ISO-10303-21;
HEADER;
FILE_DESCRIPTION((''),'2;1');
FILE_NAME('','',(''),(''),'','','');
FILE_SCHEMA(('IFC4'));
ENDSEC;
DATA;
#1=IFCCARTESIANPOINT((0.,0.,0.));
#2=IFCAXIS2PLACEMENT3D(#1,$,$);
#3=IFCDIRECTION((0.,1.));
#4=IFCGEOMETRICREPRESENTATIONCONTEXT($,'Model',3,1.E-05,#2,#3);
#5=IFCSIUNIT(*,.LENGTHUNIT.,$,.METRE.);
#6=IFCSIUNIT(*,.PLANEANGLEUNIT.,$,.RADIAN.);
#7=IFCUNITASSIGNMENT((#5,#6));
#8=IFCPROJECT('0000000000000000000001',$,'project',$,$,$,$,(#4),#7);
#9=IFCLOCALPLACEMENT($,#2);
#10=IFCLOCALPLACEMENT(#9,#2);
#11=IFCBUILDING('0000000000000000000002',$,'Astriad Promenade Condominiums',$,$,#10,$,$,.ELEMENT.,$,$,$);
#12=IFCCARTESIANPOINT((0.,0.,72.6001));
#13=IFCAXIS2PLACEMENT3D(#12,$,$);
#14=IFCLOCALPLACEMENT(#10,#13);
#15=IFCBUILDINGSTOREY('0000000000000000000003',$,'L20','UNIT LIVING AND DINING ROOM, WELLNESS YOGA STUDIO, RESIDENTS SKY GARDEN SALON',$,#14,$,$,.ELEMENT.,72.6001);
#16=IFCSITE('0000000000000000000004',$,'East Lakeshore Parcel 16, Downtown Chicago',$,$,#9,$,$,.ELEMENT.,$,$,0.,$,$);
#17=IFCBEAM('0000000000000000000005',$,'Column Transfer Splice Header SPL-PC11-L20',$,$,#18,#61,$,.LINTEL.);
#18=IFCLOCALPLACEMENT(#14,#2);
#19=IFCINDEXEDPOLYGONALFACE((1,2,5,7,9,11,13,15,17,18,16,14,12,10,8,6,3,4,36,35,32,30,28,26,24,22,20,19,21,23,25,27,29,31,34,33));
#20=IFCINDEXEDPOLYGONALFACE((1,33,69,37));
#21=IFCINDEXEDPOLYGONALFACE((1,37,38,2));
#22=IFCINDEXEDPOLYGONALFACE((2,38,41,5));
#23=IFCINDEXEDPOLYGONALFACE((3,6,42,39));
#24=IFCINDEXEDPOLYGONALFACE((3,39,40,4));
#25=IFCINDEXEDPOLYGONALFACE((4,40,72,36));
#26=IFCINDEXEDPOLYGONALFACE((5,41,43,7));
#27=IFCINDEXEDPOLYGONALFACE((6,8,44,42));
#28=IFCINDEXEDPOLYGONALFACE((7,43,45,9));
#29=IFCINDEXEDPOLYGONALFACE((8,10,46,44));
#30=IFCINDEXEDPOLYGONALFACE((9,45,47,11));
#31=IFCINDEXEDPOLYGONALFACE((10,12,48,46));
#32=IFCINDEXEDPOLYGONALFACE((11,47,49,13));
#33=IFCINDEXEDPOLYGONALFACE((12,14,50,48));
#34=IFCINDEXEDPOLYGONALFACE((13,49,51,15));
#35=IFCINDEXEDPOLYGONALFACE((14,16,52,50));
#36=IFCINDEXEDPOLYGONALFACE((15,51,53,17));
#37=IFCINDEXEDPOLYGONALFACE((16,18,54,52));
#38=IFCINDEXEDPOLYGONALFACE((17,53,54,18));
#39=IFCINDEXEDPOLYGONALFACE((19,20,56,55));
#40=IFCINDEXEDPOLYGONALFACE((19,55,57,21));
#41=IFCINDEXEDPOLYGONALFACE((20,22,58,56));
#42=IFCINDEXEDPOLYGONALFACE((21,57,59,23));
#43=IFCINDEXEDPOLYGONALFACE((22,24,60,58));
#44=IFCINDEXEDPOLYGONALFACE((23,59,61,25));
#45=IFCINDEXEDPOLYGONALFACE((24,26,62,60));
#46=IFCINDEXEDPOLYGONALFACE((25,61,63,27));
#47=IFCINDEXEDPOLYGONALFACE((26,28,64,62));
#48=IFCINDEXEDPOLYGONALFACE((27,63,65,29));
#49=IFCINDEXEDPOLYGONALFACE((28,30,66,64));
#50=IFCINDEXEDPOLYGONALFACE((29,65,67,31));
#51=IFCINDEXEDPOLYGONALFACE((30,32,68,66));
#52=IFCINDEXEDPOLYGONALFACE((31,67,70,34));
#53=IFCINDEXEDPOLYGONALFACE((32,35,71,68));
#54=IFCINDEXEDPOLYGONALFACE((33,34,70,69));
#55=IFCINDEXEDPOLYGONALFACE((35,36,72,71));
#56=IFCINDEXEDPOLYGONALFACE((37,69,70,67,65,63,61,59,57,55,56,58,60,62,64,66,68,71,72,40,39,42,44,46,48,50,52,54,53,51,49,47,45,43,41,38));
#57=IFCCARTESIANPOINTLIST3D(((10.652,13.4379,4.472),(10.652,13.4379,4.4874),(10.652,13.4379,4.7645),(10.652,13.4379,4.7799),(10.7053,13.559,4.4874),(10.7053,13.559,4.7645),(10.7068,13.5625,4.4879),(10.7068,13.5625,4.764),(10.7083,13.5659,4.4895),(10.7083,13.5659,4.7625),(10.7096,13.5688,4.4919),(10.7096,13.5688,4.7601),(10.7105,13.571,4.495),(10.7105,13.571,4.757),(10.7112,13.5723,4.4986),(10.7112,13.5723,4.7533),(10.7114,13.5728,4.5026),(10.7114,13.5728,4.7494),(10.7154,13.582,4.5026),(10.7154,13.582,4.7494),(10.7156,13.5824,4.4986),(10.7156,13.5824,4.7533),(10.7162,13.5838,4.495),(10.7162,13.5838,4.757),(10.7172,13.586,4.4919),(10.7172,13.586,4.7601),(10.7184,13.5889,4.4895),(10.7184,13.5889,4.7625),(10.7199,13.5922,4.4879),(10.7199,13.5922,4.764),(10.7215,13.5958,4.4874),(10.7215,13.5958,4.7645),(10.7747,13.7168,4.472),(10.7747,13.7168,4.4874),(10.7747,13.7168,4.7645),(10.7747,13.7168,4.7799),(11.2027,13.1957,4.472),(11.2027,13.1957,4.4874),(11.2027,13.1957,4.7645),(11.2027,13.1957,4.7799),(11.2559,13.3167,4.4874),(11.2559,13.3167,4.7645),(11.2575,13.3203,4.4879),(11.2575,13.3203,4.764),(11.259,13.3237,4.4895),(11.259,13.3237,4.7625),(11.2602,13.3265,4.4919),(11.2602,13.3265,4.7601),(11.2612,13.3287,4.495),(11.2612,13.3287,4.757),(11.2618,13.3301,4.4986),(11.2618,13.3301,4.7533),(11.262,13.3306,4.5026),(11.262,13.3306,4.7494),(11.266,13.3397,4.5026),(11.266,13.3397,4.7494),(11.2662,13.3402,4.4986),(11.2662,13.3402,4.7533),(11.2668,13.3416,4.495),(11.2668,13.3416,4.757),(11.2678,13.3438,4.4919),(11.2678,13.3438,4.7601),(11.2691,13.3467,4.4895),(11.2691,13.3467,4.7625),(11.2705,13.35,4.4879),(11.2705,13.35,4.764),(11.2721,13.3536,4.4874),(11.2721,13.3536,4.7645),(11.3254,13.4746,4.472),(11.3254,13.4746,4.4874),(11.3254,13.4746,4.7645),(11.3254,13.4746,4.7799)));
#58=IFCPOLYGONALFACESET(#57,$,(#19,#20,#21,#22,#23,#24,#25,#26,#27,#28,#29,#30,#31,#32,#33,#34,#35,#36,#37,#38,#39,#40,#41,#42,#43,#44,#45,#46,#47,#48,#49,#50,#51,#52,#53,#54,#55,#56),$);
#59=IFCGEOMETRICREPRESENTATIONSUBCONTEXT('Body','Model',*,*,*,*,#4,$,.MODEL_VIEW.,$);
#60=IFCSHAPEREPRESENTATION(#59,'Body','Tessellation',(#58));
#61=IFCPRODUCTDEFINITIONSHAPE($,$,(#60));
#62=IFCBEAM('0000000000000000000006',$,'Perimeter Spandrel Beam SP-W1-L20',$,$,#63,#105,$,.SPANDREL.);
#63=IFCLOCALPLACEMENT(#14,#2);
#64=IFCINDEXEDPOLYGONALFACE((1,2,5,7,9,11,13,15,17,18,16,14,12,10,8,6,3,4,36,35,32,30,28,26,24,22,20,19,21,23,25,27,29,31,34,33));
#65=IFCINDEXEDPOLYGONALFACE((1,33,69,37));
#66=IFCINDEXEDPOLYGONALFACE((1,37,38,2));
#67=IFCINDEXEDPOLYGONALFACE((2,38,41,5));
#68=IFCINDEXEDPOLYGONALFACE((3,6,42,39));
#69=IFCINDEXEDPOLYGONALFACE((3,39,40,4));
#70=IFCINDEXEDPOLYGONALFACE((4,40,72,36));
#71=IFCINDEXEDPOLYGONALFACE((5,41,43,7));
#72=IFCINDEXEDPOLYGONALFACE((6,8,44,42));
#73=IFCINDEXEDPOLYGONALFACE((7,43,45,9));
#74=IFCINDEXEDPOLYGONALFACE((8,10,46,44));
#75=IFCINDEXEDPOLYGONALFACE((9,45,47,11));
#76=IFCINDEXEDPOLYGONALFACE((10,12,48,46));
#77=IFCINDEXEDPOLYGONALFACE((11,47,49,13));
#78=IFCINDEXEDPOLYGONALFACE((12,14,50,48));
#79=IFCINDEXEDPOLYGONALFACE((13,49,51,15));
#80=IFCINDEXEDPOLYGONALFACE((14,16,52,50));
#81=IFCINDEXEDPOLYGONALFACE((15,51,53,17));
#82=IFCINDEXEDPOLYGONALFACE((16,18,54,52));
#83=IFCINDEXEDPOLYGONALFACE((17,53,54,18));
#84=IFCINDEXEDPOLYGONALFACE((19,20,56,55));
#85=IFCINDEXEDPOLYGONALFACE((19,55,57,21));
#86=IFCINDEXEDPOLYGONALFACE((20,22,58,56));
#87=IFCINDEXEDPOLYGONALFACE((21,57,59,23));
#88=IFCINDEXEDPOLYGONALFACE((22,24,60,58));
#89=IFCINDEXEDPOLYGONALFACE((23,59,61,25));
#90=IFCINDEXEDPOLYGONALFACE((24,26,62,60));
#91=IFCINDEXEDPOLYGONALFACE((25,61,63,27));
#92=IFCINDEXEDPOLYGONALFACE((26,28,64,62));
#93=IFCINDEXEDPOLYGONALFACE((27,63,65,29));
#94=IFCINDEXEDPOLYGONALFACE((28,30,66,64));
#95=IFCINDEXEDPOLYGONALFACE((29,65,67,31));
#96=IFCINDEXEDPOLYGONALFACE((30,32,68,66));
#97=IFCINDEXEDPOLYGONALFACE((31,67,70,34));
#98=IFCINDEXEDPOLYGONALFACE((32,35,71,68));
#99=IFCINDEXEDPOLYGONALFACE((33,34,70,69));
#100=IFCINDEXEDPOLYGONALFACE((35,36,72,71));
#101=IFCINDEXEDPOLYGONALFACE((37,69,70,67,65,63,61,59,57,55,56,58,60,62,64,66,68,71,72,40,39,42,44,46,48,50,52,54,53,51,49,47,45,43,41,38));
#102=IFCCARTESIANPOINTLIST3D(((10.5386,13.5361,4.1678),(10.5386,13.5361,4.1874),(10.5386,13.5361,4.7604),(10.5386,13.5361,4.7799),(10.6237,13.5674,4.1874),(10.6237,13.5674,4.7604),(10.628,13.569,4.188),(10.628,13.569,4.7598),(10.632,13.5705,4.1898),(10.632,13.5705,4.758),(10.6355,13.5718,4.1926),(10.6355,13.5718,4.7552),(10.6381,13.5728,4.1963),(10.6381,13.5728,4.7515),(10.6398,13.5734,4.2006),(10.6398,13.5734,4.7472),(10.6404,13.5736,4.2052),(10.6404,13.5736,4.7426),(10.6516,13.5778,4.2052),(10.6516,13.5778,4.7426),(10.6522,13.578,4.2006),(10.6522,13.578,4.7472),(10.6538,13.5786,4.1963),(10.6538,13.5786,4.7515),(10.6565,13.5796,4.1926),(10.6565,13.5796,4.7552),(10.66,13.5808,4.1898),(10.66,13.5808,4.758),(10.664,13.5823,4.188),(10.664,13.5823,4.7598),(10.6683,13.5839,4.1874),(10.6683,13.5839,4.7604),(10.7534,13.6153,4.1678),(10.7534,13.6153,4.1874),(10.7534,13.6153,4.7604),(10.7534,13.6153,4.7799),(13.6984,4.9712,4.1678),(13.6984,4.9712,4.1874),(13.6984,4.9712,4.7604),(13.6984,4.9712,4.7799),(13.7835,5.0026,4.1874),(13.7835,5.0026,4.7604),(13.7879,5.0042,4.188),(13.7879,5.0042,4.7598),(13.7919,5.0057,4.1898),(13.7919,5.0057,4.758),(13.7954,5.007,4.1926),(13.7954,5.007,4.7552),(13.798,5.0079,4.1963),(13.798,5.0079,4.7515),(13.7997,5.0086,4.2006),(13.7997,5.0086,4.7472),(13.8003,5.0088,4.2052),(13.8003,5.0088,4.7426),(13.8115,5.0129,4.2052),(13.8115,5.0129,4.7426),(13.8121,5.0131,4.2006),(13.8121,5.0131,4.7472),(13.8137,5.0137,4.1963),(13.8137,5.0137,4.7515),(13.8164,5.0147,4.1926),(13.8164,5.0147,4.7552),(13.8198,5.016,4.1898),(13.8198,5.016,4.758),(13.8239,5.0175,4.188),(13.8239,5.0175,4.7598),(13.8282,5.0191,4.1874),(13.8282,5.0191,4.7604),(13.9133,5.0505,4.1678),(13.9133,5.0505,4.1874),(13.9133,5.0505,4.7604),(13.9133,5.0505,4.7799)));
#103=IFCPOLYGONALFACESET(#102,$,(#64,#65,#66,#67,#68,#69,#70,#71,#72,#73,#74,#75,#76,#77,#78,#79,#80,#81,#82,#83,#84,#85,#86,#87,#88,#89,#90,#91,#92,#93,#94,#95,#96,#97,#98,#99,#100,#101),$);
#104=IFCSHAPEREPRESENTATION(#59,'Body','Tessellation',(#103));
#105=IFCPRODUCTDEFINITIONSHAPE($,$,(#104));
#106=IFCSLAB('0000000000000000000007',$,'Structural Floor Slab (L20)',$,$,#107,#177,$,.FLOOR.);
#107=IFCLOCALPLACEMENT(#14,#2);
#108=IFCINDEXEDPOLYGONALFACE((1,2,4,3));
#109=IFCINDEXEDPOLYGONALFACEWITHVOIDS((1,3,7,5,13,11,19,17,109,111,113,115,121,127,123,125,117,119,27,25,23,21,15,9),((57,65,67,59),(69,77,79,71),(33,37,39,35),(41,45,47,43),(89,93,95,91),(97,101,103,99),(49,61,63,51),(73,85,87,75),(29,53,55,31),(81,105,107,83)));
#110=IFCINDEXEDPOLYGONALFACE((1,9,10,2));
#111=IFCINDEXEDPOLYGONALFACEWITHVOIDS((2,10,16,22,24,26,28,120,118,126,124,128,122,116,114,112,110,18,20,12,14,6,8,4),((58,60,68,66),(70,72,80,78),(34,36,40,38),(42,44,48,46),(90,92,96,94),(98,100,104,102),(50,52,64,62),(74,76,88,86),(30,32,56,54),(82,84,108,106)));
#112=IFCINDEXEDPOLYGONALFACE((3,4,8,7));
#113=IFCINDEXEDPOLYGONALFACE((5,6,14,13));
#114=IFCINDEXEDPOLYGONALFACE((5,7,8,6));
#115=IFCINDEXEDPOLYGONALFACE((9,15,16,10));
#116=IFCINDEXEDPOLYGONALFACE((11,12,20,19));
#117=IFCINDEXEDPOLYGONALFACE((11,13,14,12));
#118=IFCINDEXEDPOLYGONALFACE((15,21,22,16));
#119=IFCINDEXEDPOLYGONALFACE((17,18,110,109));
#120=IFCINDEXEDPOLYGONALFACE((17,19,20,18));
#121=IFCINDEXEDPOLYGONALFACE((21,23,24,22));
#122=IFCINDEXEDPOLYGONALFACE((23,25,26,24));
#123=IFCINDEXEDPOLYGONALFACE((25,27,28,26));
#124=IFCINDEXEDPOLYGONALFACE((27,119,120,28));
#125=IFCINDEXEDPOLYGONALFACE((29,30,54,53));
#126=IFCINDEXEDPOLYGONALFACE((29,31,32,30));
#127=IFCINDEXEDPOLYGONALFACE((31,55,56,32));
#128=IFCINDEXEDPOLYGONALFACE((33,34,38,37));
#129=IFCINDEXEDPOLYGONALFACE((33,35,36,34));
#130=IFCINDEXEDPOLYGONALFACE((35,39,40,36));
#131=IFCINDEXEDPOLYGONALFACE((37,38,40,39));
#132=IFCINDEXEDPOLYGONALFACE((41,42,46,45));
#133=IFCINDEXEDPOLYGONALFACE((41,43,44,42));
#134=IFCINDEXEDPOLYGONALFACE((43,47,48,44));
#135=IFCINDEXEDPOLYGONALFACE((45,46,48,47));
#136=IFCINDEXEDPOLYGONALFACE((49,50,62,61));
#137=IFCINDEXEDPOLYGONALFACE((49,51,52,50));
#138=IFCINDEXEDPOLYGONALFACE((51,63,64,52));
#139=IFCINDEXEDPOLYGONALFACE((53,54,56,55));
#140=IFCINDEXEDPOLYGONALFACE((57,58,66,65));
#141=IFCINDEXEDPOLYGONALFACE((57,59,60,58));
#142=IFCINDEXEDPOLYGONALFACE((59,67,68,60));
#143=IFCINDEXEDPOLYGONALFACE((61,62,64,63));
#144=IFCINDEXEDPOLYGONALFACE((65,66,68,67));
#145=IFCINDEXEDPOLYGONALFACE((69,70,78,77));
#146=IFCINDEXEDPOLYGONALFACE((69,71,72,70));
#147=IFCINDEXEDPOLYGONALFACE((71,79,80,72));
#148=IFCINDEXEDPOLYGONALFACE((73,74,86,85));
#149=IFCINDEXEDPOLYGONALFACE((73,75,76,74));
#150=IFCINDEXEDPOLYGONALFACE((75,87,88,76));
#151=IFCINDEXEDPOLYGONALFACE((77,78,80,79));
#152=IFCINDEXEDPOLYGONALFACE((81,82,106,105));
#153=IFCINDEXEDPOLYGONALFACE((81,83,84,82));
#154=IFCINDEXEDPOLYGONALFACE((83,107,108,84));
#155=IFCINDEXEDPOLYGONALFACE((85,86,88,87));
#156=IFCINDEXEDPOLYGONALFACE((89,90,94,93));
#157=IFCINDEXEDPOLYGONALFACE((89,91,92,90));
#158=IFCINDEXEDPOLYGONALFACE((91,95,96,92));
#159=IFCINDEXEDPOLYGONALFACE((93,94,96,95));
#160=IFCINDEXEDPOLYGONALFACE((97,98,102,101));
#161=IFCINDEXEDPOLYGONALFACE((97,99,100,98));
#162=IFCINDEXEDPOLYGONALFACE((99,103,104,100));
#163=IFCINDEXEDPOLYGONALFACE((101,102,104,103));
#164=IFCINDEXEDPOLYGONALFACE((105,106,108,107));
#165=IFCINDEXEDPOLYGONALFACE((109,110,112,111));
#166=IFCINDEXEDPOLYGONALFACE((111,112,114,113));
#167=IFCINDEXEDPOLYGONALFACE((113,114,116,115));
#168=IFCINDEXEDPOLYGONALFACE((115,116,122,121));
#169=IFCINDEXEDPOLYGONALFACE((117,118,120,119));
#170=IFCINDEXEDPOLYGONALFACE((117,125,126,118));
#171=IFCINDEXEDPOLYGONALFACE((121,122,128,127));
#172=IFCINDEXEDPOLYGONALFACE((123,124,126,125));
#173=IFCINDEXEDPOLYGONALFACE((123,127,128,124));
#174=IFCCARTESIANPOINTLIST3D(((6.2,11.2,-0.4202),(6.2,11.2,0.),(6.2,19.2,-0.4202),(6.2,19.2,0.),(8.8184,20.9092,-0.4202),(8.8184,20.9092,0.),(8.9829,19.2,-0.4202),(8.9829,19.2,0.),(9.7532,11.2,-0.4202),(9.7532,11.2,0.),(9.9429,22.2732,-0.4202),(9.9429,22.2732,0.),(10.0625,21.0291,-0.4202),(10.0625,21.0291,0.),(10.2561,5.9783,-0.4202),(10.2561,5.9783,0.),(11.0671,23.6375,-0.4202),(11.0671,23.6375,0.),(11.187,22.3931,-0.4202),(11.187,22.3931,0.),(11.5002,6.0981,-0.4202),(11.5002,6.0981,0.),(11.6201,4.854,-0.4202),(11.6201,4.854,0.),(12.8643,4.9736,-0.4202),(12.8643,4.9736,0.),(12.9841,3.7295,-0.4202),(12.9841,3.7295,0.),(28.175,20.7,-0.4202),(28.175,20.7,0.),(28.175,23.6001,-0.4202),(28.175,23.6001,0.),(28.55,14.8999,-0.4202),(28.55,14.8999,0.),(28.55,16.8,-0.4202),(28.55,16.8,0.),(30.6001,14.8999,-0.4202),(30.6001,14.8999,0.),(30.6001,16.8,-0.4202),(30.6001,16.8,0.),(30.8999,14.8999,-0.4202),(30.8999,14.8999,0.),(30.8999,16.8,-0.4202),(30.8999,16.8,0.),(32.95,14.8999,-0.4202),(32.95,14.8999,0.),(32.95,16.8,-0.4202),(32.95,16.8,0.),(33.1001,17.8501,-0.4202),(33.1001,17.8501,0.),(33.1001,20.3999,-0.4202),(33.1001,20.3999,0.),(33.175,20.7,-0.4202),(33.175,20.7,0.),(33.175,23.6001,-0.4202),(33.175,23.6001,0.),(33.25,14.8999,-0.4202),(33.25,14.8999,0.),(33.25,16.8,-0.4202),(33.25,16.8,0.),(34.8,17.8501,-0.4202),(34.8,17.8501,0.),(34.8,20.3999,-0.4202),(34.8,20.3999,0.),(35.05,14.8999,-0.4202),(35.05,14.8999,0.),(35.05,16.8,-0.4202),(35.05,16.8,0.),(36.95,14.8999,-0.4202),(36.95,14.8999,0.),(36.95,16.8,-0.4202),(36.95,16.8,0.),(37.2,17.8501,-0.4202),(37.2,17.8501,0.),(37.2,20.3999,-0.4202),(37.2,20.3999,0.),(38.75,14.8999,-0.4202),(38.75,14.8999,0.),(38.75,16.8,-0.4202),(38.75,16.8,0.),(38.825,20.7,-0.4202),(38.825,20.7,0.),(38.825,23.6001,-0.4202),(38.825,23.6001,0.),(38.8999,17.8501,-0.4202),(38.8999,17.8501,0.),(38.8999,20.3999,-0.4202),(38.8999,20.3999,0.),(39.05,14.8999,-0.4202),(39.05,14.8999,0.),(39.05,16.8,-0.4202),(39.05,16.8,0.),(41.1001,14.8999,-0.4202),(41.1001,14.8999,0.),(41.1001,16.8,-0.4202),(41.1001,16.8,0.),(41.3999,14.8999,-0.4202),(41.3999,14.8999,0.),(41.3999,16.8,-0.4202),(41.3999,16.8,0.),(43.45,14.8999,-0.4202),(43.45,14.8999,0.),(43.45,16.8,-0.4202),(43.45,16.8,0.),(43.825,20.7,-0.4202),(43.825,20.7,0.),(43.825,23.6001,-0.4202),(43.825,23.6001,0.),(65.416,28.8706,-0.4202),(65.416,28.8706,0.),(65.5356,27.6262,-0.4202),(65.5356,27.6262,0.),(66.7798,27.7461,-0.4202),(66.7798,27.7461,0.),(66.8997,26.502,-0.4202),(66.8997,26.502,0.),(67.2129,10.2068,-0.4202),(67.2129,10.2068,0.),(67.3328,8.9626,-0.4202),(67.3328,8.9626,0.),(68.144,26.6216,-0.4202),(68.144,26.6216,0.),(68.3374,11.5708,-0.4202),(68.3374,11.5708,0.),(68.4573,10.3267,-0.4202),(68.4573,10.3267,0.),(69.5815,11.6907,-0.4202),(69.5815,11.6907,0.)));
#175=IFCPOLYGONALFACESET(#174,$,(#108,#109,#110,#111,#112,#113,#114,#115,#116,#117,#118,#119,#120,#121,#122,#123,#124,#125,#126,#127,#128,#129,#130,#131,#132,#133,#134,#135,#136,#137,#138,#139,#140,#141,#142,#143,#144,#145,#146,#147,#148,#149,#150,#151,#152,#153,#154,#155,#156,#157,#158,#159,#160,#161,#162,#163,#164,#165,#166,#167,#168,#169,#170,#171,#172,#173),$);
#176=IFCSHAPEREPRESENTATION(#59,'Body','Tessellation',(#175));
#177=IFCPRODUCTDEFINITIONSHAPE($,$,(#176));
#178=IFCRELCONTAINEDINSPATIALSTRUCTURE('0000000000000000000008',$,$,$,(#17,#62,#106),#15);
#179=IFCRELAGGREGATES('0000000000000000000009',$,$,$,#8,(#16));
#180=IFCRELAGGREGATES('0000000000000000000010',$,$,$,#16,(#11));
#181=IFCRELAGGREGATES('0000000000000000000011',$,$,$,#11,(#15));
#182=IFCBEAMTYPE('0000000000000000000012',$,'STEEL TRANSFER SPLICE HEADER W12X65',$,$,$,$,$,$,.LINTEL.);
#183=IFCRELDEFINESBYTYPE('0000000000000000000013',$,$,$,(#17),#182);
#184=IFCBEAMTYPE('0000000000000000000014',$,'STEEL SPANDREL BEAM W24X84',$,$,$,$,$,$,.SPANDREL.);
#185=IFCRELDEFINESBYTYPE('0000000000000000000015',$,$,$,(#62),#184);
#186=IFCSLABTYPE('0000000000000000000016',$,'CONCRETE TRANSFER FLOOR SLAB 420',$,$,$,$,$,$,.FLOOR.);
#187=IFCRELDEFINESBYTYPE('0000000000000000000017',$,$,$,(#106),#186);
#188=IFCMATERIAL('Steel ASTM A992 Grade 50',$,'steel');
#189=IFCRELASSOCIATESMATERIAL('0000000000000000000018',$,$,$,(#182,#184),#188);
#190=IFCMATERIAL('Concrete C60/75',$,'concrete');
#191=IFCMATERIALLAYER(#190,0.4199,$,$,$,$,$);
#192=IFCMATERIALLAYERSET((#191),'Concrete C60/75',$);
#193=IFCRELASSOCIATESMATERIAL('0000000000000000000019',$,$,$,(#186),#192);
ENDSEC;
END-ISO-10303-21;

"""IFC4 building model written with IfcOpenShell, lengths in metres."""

from ifc_helpers import new_model, si_unit, direction, frame, origin, origin_2d, place, context, subcontext, project, spatial, polyline, i_section, outline, extrude, source, transform, mapped, material, layer, layer_set, material_profile, profile_set, type_object, type_shapes, element, save


model = new_model("IFC4")

# Units and contexts
model_context = context("Model", 3, precision=1e-05, world=origin(), true_north=direction((0.0, 1.0)))
body_context = subcontext(model_context, "Body", "Model", "MODEL_VIEW")
ifc_project = project(units=[si_unit("LENGTHUNIT", "METRE"), si_unit("PLANEANGLEUNIT", "RADIAN")], contexts=[model_context])

# Site, building, storey
site_placement = place(None, origin())
site = spatial("IfcSite", under=ifc_project, at=site_placement, Name="East Lakeshore Parcel 16, Downtown Chicago", CompositionType="ELEMENT", RefElevation=0.0)
building_placement = place(site_placement, origin())
building = spatial("IfcBuilding", under=site, at=building_placement, Name="Astriad Promenade Condominiums", CompositionType="ELEMENT")
storey_placement = place(building_placement, frame((0.0, 0.0, 72.6001)))
storey = spatial("IfcBuildingStorey", under=building, at=storey_placement, Name="L20", Description="UNIT LIVING AND DINING ROOM, WELLNESS YOGA STUDIO, RESIDENTS SKY GARDEN SALON", CompositionType="ELEMENT", Elevation=72.6001)

# Beams
ifc_material_1 = material(Name="Steel ASTM A992 Grade 50", Category="steel")
ifc_material_profile_1 = material_profile(ifc_material_1, i_section(OverallWidth=0.3047, OverallDepth=0.3079, WebThickness=0.01, FlangeThickness=0.0154, FilletRadius=0.0151, at=origin_2d()), Name="W12X65")
ifc_profile_set_1 = profile_set([ifc_material_profile_1], Name="Steel ASTM A992 Grade 50")
beam_type_1 = type_object("IfcBeamType", Name="STEEL TRANSFER SPLICE HEADER W12X65", PredefinedType="LINTEL", material=ifc_profile_set_1)
shared_shape_1 = source(origin(), body_context, "Body", "SweptSolid", [
    extrude(i_section(OverallWidth=0.3047, OverallDepth=0.3079, WebThickness=0.01, FlangeThickness=0.0154, FilletRadius=0.0151, at=origin_2d()), origin(), (0.0, 0.0, 1.0), 0.6016),
])
type_shapes(beam_type_1, [shared_shape_1])
beam_1_placement = place(storey_placement, frame((10.7134, 13.5774, 4.626), z_axis=(0.915345, -0.402671, 0.0), x_axis=(0.402671, 0.915345, 0.0)))
element("IfcBeam", 1, at=beam_1_placement, inside=storey, type_object=beam_type_1, Name="Column Transfer Splice Header SPL-PC11-L20", PredefinedType="LINTEL", context=body_context, shape_type="MappedRepresentation", body=[
    mapped(shared_shape_1, transform((0.0, 0.0, 0.0), scale=1.0)),
])
ifc_material_profile_2 = material_profile(ifc_material_1, i_section(OverallWidth=0.229, OverallDepth=0.6121, WebThickness=0.012, FlangeThickness=0.0195, FilletRadius=0.0178, at=origin_2d()), Name="W24X84")
ifc_profile_set_2 = profile_set([ifc_material_profile_2], Name="Steel ASTM A992 Grade 50")
beam_type_2 = type_object("IfcBeamType", Name="STEEL SPANDREL BEAM W24X84", PredefinedType="SPANDREL", material=ifc_profile_set_2)
shared_shape_2 = source(origin(), body_context, "Body", "SweptSolid", [
    extrude(i_section(OverallWidth=0.229, OverallDepth=0.6121, WebThickness=0.012, FlangeThickness=0.0195, FilletRadius=0.0178, at=origin_2d()), origin(), (0.0, 0.0, 1.0), 9.1292),
])
type_shapes(beam_type_2, [shared_shape_2])
beam_2_placement = place(storey_placement, frame((10.646, 13.5757, 4.4739), z_axis=(0.34613, -0.938186, 0.0), x_axis=(0.938186, 0.34613, 0.0)))
element("IfcBeam", 2, at=beam_2_placement, inside=storey, type_object=beam_type_2, Name="Perimeter Spandrel Beam SP-W1-L20", PredefinedType="SPANDREL", context=body_context, shape_type="MappedRepresentation", body=[
    mapped(shared_shape_2, transform((0.0, 0.0, 0.0), scale=1.0)),
])

# Slab
ifc_material_2 = material(Name="Concrete C60/75", Category="concrete")
ifc_layer_1 = layer(ifc_material_2, 0.4199)
ifc_layer_set_1 = layer_set([ifc_layer_1], Name="Concrete C60/75")
slab_type_1 = type_object("IfcSlabType", Name="CONCRETE TRANSFER FLOOR SLAB 420", PredefinedType="FLOOR", material=ifc_layer_set_1)
slab_1_placement = place(storey_placement, frame((0.0, 0.0, -0.4202)))
element("IfcSlab", 3, at=slab_1_placement, inside=storey, type_object=slab_type_1, Name="Structural Floor Slab (L20)", PredefinedType="FLOOR", context=body_context, shape_type="SweptSolid", body=[
    extrude(outline(polyline([(8.9829, 19.2), (6.2, 19.2), (6.2, 11.2), (9.7532, 11.2), (10.2561, 5.9783), (11.5002, 6.0981), (11.6201, 4.854), (12.8643, 4.9736), (12.9841, 3.7295), (67.3328, 8.9626), (67.2129, 10.2068), (68.4573, 10.3267), (68.3374, 11.5708), (69.5815, 11.6907), (68.144, 26.6216), (66.8997, 26.502), (66.7798, 27.7461), (65.5356, 27.6262), (65.416, 28.8706), (11.0671, 23.6375), (11.187, 22.3931), (9.9429, 22.2732), (10.0625, 21.0291), (8.8184, 20.9092), (8.9829, 19.2)]), holes=[polyline([(28.175, 20.7), (33.175, 20.7), (33.175, 23.6001), (28.175, 23.6001), (28.175, 20.7)]), polyline([(38.825, 20.7), (43.825, 20.7), (43.825, 23.6001), (38.825, 23.6001), (38.825, 20.7)]), polyline([(33.1001, 17.8501), (34.8, 17.8501), (34.8, 20.3999), (33.1001, 20.3999), (33.1001, 17.8501)]), polyline([(37.2, 17.8501), (38.8999, 17.8501), (38.8999, 20.3999), (37.2, 20.3999), (37.2, 17.8501)]), polyline([(28.55, 14.8999), (30.6001, 14.8999), (30.6001, 16.8), (28.55, 16.8), (28.55, 14.8999)]), polyline([(30.8999, 14.8999), (32.95, 14.8999), (32.95, 16.8), (30.8999, 16.8), (30.8999, 14.8999)]), polyline([(33.25, 14.8999), (35.05, 14.8999), (35.05, 16.8), (33.25, 16.8), (33.25, 14.8999)]), polyline([(36.95, 14.8999), (38.75, 14.8999), (38.75, 16.8), (36.95, 16.8), (36.95, 14.8999)]), polyline([(39.05, 14.8999), (41.1001, 14.8999), (41.1001, 16.8), (39.05, 16.8), (39.05, 14.8999)]), polyline([(41.3999, 14.8999), (43.45, 14.8999), (43.45, 16.8), (41.3999, 16.8), (41.3999, 14.8999)])]), origin(), (0.0, 0.0, 1.0), 0.4202),
])

save(model, "model.ifc")
